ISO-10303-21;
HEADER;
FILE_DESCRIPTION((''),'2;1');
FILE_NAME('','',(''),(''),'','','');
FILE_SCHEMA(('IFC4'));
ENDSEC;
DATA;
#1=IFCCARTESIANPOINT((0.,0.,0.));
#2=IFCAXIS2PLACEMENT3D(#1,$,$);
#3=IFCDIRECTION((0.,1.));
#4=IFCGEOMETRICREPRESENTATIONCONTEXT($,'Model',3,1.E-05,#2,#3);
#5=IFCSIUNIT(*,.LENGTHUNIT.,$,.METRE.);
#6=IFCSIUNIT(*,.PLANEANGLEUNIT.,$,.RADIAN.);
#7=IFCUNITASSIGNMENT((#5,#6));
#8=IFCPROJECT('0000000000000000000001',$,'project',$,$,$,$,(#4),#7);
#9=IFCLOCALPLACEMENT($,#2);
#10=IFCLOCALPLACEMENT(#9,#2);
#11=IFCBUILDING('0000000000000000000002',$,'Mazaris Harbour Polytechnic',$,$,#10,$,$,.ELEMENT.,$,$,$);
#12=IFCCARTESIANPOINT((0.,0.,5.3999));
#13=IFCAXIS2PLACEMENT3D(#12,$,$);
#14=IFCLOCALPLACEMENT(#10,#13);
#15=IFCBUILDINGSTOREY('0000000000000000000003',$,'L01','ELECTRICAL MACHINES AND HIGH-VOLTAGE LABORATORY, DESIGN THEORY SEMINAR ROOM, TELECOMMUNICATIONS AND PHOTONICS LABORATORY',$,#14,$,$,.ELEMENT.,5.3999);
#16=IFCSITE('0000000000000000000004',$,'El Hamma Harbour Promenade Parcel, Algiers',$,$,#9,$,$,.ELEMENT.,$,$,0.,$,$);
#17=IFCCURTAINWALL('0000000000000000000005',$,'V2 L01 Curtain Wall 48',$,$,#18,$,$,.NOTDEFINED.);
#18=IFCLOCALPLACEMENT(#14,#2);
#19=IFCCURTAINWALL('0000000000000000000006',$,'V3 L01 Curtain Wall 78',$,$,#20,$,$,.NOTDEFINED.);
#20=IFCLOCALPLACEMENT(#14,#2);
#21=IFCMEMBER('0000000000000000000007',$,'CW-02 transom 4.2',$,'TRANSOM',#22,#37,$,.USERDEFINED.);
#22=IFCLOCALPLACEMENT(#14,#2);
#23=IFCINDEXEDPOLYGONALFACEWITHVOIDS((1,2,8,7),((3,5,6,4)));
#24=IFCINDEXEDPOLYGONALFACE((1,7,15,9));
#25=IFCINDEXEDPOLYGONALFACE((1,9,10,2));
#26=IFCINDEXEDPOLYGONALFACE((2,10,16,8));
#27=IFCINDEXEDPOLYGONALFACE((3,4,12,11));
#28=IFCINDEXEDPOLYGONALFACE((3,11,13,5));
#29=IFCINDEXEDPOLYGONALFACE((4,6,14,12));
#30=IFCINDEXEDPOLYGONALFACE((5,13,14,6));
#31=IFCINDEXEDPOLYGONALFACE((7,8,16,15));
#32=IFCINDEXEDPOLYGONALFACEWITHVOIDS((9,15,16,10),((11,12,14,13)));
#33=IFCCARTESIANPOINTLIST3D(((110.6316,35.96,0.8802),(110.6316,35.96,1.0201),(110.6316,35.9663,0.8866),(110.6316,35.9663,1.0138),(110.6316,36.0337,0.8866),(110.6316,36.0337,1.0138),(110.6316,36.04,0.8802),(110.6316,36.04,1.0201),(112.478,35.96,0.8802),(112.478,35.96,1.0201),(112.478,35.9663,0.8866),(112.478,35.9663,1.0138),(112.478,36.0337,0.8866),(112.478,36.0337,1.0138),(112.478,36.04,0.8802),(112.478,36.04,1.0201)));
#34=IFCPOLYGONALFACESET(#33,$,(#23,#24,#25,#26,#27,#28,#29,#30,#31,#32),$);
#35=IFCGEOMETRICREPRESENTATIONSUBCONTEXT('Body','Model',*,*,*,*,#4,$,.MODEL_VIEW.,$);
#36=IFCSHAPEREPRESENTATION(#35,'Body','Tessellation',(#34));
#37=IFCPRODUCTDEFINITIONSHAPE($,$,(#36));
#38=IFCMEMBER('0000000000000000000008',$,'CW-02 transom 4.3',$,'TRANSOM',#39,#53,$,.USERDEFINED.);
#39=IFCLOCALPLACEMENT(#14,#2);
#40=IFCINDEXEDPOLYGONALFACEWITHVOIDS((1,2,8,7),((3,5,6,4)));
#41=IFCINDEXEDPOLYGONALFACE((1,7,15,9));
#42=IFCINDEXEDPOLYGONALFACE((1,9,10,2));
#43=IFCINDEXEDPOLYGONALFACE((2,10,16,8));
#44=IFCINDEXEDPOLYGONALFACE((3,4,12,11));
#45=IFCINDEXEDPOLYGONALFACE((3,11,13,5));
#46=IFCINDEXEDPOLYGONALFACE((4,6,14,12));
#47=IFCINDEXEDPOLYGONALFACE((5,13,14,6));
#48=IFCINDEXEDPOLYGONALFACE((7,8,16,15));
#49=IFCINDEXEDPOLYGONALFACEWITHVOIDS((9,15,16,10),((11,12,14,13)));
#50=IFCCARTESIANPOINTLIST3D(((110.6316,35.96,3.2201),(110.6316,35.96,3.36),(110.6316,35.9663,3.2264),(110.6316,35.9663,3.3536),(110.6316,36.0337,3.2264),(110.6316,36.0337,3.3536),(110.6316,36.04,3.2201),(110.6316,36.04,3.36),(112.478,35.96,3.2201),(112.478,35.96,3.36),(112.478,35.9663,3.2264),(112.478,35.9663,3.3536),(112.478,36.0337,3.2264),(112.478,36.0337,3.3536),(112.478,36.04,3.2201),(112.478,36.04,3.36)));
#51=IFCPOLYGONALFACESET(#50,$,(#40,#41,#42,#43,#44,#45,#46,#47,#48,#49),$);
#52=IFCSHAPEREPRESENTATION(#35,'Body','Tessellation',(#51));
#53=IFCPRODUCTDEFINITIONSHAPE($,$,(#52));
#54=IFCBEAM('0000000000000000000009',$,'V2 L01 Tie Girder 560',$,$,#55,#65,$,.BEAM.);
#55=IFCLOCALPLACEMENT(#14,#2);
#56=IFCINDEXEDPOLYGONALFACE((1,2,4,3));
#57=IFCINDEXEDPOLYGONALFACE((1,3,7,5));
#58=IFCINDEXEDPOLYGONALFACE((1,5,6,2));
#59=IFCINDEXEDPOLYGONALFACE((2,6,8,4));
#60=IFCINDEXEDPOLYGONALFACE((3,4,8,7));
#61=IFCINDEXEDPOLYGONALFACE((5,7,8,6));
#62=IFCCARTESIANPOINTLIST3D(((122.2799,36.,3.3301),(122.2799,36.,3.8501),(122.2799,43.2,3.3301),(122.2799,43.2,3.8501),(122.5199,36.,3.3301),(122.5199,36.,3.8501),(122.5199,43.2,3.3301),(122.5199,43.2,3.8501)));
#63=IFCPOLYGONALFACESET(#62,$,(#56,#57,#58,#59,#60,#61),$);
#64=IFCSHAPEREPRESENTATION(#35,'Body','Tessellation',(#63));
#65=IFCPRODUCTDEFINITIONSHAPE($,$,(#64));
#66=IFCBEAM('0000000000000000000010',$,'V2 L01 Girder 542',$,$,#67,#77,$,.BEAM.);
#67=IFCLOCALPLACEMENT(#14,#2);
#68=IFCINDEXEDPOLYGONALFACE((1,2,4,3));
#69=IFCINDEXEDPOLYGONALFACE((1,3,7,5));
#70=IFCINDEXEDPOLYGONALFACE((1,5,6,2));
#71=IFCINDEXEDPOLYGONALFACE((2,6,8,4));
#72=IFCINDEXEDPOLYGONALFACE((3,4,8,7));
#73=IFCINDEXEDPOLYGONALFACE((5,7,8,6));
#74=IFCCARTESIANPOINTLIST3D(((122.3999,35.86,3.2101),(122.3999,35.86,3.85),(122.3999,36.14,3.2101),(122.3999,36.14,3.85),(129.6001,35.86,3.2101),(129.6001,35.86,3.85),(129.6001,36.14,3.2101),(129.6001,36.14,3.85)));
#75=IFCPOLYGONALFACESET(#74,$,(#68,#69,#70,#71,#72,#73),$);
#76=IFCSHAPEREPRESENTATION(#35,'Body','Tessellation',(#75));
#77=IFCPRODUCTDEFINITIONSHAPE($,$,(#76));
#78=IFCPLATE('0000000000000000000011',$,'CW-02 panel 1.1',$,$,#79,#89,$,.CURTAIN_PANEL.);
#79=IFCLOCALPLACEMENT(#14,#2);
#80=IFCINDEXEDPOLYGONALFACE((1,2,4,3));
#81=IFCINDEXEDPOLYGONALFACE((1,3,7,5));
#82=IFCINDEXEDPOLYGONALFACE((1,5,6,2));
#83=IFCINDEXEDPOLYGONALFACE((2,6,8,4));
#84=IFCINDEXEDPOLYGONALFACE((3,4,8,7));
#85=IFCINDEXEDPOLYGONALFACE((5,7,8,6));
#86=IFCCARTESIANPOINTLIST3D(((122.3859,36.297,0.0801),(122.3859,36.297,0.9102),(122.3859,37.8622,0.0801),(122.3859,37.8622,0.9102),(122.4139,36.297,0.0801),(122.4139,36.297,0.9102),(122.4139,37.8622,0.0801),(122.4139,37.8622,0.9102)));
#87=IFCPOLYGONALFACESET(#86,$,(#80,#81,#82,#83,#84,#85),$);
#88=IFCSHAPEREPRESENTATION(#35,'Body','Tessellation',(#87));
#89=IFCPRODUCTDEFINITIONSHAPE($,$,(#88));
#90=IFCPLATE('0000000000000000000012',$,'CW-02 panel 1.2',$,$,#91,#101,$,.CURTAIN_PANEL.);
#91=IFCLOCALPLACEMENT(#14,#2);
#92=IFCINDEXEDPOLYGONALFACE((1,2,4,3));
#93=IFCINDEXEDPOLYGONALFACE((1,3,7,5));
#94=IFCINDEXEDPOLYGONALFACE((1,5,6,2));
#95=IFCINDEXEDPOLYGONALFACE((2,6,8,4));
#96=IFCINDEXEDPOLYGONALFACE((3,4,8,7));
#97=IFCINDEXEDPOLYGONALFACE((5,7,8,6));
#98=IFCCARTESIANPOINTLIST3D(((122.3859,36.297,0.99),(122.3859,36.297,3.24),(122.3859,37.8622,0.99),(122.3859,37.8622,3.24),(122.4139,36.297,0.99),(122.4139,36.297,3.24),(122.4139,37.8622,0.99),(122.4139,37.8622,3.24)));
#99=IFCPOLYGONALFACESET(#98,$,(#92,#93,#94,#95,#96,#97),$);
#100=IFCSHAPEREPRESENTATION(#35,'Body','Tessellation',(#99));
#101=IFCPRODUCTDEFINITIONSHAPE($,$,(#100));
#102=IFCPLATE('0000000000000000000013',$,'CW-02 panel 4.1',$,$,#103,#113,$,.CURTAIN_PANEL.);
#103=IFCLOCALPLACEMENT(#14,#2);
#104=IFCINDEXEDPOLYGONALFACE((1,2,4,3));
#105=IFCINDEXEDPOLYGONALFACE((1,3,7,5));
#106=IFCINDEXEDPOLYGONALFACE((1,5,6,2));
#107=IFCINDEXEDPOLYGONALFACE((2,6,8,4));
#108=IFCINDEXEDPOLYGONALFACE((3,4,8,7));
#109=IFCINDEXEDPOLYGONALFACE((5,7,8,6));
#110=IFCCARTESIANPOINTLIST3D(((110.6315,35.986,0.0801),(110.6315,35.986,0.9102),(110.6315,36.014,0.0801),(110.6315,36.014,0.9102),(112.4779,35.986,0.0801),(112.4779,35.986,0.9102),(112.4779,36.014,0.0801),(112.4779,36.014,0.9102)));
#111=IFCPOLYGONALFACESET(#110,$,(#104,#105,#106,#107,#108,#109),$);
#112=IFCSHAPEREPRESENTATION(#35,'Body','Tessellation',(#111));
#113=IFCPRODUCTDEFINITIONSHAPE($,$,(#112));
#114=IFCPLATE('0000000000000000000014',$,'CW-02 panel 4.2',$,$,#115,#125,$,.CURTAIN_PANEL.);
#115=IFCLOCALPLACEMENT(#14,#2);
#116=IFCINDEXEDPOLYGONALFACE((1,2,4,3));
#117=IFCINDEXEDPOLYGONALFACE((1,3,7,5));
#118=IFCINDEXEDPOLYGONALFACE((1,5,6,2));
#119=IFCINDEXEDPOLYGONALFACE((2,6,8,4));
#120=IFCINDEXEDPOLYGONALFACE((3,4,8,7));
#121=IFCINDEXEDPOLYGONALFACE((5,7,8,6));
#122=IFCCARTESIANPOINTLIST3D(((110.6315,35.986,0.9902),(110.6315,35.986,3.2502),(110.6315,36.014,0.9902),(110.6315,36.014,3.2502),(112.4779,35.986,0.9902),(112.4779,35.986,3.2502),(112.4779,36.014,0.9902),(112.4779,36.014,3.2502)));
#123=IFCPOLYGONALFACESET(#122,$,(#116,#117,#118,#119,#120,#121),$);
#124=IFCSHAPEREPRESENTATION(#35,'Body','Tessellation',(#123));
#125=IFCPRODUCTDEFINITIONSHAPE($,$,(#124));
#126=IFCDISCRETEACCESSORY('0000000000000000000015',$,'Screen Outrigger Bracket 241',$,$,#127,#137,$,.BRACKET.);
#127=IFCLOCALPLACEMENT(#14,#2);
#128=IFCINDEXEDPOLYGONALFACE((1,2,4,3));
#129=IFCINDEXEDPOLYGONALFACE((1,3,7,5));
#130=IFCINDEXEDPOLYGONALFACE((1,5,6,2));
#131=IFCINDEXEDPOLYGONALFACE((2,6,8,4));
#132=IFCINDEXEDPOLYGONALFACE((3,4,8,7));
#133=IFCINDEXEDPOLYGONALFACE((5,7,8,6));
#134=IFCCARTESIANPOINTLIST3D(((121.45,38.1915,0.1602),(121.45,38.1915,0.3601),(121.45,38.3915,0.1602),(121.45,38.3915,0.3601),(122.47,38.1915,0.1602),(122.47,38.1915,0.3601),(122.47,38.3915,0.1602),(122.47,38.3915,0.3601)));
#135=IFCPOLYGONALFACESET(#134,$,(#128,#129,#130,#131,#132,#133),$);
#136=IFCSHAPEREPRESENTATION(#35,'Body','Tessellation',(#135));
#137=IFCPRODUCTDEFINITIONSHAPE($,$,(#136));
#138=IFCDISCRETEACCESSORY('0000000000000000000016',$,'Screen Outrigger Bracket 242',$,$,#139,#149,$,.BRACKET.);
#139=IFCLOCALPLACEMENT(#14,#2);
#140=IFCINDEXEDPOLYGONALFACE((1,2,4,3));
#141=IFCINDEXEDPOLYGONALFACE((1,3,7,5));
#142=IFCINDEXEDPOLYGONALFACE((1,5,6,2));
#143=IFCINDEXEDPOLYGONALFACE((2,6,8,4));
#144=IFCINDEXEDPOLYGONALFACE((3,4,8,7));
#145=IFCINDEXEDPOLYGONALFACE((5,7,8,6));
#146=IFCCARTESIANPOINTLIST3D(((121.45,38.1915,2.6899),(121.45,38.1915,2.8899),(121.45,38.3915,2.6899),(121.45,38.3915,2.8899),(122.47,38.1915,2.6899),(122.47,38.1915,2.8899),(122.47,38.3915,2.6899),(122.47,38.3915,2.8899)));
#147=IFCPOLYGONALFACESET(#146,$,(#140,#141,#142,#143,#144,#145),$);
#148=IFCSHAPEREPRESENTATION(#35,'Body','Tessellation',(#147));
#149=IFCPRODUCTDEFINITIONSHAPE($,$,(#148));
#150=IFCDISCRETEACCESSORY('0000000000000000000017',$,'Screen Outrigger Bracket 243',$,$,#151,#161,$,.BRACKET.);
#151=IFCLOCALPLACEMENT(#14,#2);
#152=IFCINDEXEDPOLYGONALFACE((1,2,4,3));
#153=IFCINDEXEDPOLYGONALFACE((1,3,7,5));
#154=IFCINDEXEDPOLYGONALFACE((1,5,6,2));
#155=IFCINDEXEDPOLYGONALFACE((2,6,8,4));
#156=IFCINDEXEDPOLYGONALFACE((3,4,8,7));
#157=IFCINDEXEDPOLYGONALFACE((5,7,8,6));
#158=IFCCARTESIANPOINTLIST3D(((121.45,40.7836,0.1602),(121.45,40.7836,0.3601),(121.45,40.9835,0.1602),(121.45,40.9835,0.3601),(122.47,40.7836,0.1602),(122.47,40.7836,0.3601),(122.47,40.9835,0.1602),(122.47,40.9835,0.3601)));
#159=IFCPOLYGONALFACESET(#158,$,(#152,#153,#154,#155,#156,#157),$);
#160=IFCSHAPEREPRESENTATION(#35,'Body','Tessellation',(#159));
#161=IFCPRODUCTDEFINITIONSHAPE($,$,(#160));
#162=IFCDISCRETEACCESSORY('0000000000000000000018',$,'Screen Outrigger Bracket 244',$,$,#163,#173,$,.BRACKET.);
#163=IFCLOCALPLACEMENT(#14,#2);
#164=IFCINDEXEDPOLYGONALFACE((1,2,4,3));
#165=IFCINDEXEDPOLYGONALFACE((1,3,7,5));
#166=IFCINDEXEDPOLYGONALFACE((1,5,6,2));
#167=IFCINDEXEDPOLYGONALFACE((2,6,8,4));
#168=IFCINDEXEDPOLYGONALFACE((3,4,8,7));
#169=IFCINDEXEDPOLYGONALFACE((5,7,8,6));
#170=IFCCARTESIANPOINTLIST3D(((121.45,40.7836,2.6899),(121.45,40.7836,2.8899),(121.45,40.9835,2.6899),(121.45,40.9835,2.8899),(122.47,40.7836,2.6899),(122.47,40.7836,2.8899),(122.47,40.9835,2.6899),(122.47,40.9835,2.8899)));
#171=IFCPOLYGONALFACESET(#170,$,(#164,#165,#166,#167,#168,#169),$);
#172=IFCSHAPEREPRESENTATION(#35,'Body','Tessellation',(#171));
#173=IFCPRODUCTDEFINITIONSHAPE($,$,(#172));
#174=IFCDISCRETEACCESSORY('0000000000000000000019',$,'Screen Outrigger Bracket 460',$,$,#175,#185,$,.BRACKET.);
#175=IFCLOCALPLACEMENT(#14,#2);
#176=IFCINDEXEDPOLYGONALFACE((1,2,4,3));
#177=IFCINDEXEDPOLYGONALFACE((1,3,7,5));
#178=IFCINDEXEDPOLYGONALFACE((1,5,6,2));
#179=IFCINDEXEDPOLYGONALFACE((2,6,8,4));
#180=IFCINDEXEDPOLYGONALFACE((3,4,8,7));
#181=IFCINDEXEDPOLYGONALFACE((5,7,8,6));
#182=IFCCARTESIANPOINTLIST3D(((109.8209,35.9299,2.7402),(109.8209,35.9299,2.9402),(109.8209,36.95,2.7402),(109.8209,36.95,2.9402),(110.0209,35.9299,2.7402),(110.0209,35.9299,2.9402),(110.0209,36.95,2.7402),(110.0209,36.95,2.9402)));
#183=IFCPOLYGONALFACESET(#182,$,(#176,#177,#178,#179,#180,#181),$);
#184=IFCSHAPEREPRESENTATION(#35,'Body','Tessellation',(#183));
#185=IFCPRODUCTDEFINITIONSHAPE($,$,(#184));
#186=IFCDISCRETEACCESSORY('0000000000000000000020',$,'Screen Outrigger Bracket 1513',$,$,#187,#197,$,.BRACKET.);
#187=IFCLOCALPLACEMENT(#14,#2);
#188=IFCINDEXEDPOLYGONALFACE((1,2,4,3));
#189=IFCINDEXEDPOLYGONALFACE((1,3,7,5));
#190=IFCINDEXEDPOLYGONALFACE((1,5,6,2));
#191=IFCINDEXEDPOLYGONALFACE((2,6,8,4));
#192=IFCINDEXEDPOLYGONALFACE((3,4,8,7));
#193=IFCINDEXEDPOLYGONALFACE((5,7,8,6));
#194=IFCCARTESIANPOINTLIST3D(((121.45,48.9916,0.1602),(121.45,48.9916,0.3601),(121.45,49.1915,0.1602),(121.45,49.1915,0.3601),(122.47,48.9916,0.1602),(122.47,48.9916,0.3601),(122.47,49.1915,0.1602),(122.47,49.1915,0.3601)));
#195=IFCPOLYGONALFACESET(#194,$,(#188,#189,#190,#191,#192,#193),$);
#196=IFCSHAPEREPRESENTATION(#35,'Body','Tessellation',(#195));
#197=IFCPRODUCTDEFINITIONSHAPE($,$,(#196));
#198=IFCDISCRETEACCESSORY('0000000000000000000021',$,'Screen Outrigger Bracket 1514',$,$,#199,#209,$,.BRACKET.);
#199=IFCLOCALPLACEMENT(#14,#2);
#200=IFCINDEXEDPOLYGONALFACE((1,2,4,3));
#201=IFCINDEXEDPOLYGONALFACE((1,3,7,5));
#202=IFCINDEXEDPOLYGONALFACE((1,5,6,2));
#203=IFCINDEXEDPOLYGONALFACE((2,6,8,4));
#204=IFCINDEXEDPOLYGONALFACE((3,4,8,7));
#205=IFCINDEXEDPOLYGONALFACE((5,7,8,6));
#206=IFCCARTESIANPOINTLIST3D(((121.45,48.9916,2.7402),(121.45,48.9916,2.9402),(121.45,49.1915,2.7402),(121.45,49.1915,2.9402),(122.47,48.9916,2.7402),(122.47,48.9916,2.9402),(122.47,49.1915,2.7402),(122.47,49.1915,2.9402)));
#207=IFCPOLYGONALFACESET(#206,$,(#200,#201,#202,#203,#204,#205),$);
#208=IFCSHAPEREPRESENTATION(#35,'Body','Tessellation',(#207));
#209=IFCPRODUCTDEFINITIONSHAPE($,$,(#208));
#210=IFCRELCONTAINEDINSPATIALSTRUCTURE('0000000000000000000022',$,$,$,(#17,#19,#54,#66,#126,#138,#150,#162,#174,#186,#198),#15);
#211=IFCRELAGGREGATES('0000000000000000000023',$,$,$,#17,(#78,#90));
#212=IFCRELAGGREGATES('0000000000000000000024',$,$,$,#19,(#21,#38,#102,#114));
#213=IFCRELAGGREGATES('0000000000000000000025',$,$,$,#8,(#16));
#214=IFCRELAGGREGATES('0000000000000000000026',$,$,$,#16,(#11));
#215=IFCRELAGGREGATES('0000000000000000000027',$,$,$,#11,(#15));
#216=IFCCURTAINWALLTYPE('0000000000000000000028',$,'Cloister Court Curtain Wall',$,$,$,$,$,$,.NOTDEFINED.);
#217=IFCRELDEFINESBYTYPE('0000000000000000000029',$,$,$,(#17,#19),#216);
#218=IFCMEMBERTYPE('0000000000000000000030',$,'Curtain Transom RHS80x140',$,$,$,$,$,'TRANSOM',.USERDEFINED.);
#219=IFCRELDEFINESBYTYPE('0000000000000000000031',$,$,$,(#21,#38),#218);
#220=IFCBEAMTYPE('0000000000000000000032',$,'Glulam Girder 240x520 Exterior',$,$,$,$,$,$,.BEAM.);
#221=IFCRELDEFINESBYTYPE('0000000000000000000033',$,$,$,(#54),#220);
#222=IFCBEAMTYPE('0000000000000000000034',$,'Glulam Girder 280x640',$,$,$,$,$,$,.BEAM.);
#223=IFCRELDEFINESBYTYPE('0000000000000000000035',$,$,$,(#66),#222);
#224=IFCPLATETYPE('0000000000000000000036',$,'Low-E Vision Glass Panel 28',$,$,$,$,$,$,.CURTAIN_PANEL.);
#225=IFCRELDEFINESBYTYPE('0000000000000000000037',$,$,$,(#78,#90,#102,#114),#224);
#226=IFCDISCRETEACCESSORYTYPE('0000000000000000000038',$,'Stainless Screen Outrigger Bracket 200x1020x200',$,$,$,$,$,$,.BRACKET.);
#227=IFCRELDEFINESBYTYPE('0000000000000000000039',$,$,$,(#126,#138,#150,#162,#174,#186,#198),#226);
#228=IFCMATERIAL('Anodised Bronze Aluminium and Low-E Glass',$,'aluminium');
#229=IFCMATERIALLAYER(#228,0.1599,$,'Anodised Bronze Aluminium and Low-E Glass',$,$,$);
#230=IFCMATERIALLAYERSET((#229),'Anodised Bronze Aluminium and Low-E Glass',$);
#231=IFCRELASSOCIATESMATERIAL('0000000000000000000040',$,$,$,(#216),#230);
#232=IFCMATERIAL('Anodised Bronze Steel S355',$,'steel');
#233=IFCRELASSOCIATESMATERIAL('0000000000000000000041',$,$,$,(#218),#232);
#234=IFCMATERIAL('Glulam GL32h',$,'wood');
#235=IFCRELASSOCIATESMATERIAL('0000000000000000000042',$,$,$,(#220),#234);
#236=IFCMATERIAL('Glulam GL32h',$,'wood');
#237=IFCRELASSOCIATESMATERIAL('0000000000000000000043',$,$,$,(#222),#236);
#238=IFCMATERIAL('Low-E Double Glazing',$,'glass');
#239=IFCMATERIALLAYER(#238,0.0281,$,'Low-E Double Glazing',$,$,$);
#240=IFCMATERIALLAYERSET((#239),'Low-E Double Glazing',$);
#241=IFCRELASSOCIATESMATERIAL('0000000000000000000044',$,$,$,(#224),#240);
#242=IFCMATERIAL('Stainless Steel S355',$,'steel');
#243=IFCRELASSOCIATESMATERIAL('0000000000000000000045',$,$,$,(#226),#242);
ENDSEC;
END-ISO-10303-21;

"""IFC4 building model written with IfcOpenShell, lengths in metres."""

from ifc_helpers import new_model, si_unit, direction, frame, origin, origin_2d, place, context, subcontext, project, spatial, rectangle, hollow_rectangle, extrude, material, layer, layer_set, material_profile, profile_set, type_object, element, aggregate, save


model = new_model("IFC4")

# Units and contexts
model_context = context("Model", 3, precision=1e-05, world=origin(), true_north=direction((0.0, 1.0)))
body_context = subcontext(model_context, "Body", "Model", "MODEL_VIEW")
ifc_project = project(units=[si_unit("LENGTHUNIT", "METRE"), si_unit("PLANEANGLEUNIT", "RADIAN")], contexts=[model_context])

# Site, building, storey
site_placement = place(None, origin())
site = spatial("IfcSite", under=ifc_project, at=site_placement, Name="El Hamma Harbour Promenade Parcel, Algiers", CompositionType="ELEMENT", RefElevation=0.0)
building_placement = place(site_placement, origin())
building = spatial("IfcBuilding", under=site, at=building_placement, Name="Mazaris Harbour Polytechnic", CompositionType="ELEMENT")
storey_placement = place(building_placement, frame((0.0, 0.0, 5.3999)))
storey = spatial("IfcBuildingStorey", under=building, at=storey_placement, Name="L01", Description="ELECTRICAL MACHINES AND HIGH-VOLTAGE LABORATORY, DESIGN THEORY SEMINAR ROOM, TELECOMMUNICATIONS AND PHOTONICS LABORATORY", CompositionType="ELEMENT", Elevation=5.3999)

# Curtain wall
ifc_material_1 = material(Name="Anodised Bronze Aluminium and Low-E Glass", Category="aluminium")
ifc_layer_1 = layer(ifc_material_1, 0.1599, Name="Anodised Bronze Aluminium and Low-E Glass")
ifc_layer_set_1 = layer_set([ifc_layer_1], Name="Anodised Bronze Aluminium and Low-E Glass")
curtain_wall_type = type_object("IfcCurtainWallType", Name="Cloister Court Curtain Wall", PredefinedType="NOTDEFINED", material=ifc_layer_set_1)
curtain_wall_1_placement = place(storey_placement, origin())
curtain_wall_1 = element("IfcCurtainWall", 1, at=curtain_wall_1_placement, inside=storey, type_object=curtain_wall_type, Name="V2 L01 Curtain Wall 48", PredefinedType="NOTDEFINED")

# Curtain wall
curtain_wall_2_placement = place(storey_placement, origin())
curtain_wall_2 = element("IfcCurtainWall", 2, at=curtain_wall_2_placement, inside=storey, type_object=curtain_wall_type, Name="V3 L01 Curtain Wall 78", PredefinedType="NOTDEFINED")

# Members
ifc_material_2 = material(Name="Anodised Bronze Steel S355", Category="steel")
ifc_material_profile_1 = material_profile(ifc_material_2, hollow_rectangle(XDim=0.0801, YDim=0.1399, WallThickness=0.0063, at=origin_2d()), Name="RHS 80x140x6.3")
ifc_profile_set_1 = profile_set([ifc_material_profile_1], Name="Anodised Bronze Steel S355")
member_type_1 = type_object("IfcMemberType", Name="Curtain Transom RHS80x140", ElementType="TRANSOM", PredefinedType="USERDEFINED", material=ifc_profile_set_1)
member_1_placement = place(storey_placement, frame((110.6316, 36.0, 0.9502), z_axis=(1.0, 0.0, 0.0), x_axis=(0.0, 1.0, 0.0)))
member_1 = element("IfcMember", 3, at=member_1_placement, type_object=member_type_1, Name="CW-02 transom 4.2", ObjectType="TRANSOM", PredefinedType="USERDEFINED", context=body_context, shape_type="SweptSolid", body=[
    extrude(hollow_rectangle(XDim=0.0801, YDim=0.1399, WallThickness=0.0063, at=origin_2d()), origin(), (0.0, 0.0, 1.0), 1.8464),
])
member_2_placement = place(storey_placement, frame((110.6316, 36.0, 3.29), z_axis=(1.0, 0.0, 0.0), x_axis=(0.0, 1.0, 0.0)))
member_2 = element("IfcMember", 4, at=member_2_placement, type_object=member_type_1, Name="CW-02 transom 4.3", ObjectType="TRANSOM", PredefinedType="USERDEFINED", context=body_context, shape_type="SweptSolid", body=[
    extrude(hollow_rectangle(XDim=0.0801, YDim=0.1399, WallThickness=0.0063, at=origin_2d()), origin(), (0.0, 0.0, 1.0), 1.8464),
])

# Beams
ifc_material_3 = material(Name="Glulam GL32h", Category="wood")
ifc_material_profile_2 = material_profile(ifc_material_3, rectangle(XDim=0.24, YDim=0.52, at=origin_2d()), Name="RECT240x520")
ifc_profile_set_2 = profile_set([ifc_material_profile_2], Name="Glulam GL32h")
beam_type_1 = type_object("IfcBeamType", Name="Glulam Girder 240x520 Exterior", PredefinedType="BEAM", material=ifc_profile_set_2)
beam_1_placement = place(storey_placement, frame((122.3999, 36.0, 3.5901), z_axis=(0.0, 1.0, 0.0), x_axis=(-1.0, 0.0, 0.0)))
element("IfcBeam", 5, at=beam_1_placement, inside=storey, type_object=beam_type_1, Name="V2 L01 Tie Girder 560", PredefinedType="BEAM", context=body_context, shape_type="SweptSolid", body=[
    extrude(rectangle(XDim=0.24, YDim=0.52, at=origin_2d()), origin(), (0.0, 0.0, 1.0), 7.2),
])
ifc_material_4 = material(Name="Glulam GL32h", Category="wood")
ifc_material_profile_3 = material_profile(ifc_material_4, rectangle(XDim=0.28, YDim=0.6399, at=origin_2d()), Name="RECT280x640")
ifc_profile_set_3 = profile_set([ifc_material_profile_3], Name="Glulam GL32h")
beam_type_2 = type_object("IfcBeamType", Name="Glulam Girder 280x640", PredefinedType="BEAM", material=ifc_profile_set_3)
beam_2_placement = place(storey_placement, frame((122.3999, 36.0, 3.53), z_axis=(1.0, 0.0, 0.0), x_axis=(0.0, 1.0, 0.0)))
element("IfcBeam", 6, at=beam_2_placement, inside=storey, type_object=beam_type_2, Name="V2 L01 Girder 542", PredefinedType="BEAM", context=body_context, shape_type="SweptSolid", body=[
    extrude(rectangle(XDim=0.28, YDim=0.6399, at=origin_2d()), origin(), (0.0, 0.0, 1.0), 7.2002),
])

# Plates
ifc_material_5 = material(Name="Low-E Double Glazing", Category="glass")
ifc_layer_2 = layer(ifc_material_5, 0.0281, Name="Low-E Double Glazing")
ifc_layer_set_2 = layer_set([ifc_layer_2], Name="Low-E Double Glazing")
plate_type = type_object("IfcPlateType", Name="Low-E Vision Glass Panel 28", PredefinedType="CURTAIN_PANEL", material=ifc_layer_set_2)
plate_1_placement = place(storey_placement, frame((122.3999, 37.0796, 0.0801), z_axis=(0.0, 0.0, 1.0), x_axis=(0.0, 1.0, 0.0)))
plate_1 = element("IfcPlate", 7, at=plate_1_placement, type_object=plate_type, Name="CW-02 panel 1.1", PredefinedType="CURTAIN_PANEL", context=body_context, shape_type="SweptSolid", body=[
    extrude(rectangle(XDim=1.5652, YDim=0.0281, at=origin_2d()), origin(), (0.0, 0.0, 1.0), 0.8301),
])
plate_2_placement = place(storey_placement, frame((122.3999, 37.0796, 0.99), z_axis=(0.0, 0.0, 1.0), x_axis=(0.0, 1.0, 0.0)))
plate_2 = element("IfcPlate", 8, at=plate_2_placement, type_object=plate_type, Name="CW-02 panel 1.2", PredefinedType="CURTAIN_PANEL", context=body_context, shape_type="SweptSolid", body=[
    extrude(rectangle(XDim=1.5652, YDim=0.0281, at=origin_2d()), origin(), (0.0, 0.0, 1.0), 2.25),
])
aggregate(curtain_wall_1, [plate_1, plate_2])
plate_3_placement = place(storey_placement, frame((111.5547, 36.0, 0.0801), z_axis=(0.0, 0.0, 1.0), x_axis=(1.0, 0.0, 0.0)))
plate_3 = element("IfcPlate", 9, at=plate_3_placement, type_object=plate_type, Name="CW-02 panel 4.1", PredefinedType="CURTAIN_PANEL", context=body_context, shape_type="SweptSolid", body=[
    extrude(rectangle(XDim=1.8464, YDim=0.0281, at=origin_2d()), origin(), (0.0, 0.0, 1.0), 0.8301),
])
plate_4_placement = place(storey_placement, frame((111.5547, 36.0, 0.9902), z_axis=(0.0, 0.0, 1.0), x_axis=(1.0, 0.0, 0.0)))
plate_4 = element("IfcPlate", 10, at=plate_4_placement, type_object=plate_type, Name="CW-02 panel 4.2", PredefinedType="CURTAIN_PANEL", context=body_context, shape_type="SweptSolid", body=[
    extrude(rectangle(XDim=1.8464, YDim=0.0281, at=origin_2d()), origin(), (0.0, 0.0, 1.0), 2.26),
])
aggregate(curtain_wall_2, [member_1, member_2, plate_3, plate_4])

# Discrete accessories
ifc_material_6 = material(Name="Stainless Steel S355", Category="steel")
discrete_accessory_type = type_object("IfcDiscreteAccessoryType", Name="Stainless Screen Outrigger Bracket 200x1020x200", PredefinedType="BRACKET", material=ifc_material_6)
for number, where, z_axis, x_axis, name in (
    (11, (121.96, 38.2915, 0.1602), (0.0, 0.0, 1.0), (0.0, 1.0, 0.0), "Screen Outrigger Bracket 241"),
    (12, (121.96, 38.2915, 2.6899), (0.0, 0.0, 1.0), (0.0, 1.0, 0.0), "Screen Outrigger Bracket 242"),
    (13, (121.96, 40.8835, 0.1602), (0.0, 0.0, 1.0), (0.0, 1.0, 0.0), "Screen Outrigger Bracket 243"),
    (14, (121.96, 40.8835, 2.6899), (0.0, 0.0, 1.0), (0.0, 1.0, 0.0), "Screen Outrigger Bracket 244"),
    (15, (109.9209, 36.4399, 2.7402), (0.0, 0.0, 1.0), (1.0, 0.0, 0.0), "Screen Outrigger Bracket 460"),
    (16, (121.96, 49.0916, 0.1602), (0.0, 0.0, 1.0), (0.0, 1.0, 0.0), "Screen Outrigger Bracket 1513"),
    (17, (121.96, 49.0916, 2.7402), (0.0, 0.0, 1.0), (0.0, 1.0, 0.0), "Screen Outrigger Bracket 1514"),
):
    element("IfcDiscreteAccessory", number, at=place(storey_placement, frame(where, z_axis=z_axis, x_axis=x_axis)), inside=storey, type_object=discrete_accessory_type, Name=name, PredefinedType="BRACKET", context=body_context, shape_type="SweptSolid", body=[
        extrude(rectangle(XDim=0.2, YDim=1.02, at=origin_2d()), origin(), (0.0, 0.0, 1.0), 0.2),
    ])

save(model, "model.ifc")
